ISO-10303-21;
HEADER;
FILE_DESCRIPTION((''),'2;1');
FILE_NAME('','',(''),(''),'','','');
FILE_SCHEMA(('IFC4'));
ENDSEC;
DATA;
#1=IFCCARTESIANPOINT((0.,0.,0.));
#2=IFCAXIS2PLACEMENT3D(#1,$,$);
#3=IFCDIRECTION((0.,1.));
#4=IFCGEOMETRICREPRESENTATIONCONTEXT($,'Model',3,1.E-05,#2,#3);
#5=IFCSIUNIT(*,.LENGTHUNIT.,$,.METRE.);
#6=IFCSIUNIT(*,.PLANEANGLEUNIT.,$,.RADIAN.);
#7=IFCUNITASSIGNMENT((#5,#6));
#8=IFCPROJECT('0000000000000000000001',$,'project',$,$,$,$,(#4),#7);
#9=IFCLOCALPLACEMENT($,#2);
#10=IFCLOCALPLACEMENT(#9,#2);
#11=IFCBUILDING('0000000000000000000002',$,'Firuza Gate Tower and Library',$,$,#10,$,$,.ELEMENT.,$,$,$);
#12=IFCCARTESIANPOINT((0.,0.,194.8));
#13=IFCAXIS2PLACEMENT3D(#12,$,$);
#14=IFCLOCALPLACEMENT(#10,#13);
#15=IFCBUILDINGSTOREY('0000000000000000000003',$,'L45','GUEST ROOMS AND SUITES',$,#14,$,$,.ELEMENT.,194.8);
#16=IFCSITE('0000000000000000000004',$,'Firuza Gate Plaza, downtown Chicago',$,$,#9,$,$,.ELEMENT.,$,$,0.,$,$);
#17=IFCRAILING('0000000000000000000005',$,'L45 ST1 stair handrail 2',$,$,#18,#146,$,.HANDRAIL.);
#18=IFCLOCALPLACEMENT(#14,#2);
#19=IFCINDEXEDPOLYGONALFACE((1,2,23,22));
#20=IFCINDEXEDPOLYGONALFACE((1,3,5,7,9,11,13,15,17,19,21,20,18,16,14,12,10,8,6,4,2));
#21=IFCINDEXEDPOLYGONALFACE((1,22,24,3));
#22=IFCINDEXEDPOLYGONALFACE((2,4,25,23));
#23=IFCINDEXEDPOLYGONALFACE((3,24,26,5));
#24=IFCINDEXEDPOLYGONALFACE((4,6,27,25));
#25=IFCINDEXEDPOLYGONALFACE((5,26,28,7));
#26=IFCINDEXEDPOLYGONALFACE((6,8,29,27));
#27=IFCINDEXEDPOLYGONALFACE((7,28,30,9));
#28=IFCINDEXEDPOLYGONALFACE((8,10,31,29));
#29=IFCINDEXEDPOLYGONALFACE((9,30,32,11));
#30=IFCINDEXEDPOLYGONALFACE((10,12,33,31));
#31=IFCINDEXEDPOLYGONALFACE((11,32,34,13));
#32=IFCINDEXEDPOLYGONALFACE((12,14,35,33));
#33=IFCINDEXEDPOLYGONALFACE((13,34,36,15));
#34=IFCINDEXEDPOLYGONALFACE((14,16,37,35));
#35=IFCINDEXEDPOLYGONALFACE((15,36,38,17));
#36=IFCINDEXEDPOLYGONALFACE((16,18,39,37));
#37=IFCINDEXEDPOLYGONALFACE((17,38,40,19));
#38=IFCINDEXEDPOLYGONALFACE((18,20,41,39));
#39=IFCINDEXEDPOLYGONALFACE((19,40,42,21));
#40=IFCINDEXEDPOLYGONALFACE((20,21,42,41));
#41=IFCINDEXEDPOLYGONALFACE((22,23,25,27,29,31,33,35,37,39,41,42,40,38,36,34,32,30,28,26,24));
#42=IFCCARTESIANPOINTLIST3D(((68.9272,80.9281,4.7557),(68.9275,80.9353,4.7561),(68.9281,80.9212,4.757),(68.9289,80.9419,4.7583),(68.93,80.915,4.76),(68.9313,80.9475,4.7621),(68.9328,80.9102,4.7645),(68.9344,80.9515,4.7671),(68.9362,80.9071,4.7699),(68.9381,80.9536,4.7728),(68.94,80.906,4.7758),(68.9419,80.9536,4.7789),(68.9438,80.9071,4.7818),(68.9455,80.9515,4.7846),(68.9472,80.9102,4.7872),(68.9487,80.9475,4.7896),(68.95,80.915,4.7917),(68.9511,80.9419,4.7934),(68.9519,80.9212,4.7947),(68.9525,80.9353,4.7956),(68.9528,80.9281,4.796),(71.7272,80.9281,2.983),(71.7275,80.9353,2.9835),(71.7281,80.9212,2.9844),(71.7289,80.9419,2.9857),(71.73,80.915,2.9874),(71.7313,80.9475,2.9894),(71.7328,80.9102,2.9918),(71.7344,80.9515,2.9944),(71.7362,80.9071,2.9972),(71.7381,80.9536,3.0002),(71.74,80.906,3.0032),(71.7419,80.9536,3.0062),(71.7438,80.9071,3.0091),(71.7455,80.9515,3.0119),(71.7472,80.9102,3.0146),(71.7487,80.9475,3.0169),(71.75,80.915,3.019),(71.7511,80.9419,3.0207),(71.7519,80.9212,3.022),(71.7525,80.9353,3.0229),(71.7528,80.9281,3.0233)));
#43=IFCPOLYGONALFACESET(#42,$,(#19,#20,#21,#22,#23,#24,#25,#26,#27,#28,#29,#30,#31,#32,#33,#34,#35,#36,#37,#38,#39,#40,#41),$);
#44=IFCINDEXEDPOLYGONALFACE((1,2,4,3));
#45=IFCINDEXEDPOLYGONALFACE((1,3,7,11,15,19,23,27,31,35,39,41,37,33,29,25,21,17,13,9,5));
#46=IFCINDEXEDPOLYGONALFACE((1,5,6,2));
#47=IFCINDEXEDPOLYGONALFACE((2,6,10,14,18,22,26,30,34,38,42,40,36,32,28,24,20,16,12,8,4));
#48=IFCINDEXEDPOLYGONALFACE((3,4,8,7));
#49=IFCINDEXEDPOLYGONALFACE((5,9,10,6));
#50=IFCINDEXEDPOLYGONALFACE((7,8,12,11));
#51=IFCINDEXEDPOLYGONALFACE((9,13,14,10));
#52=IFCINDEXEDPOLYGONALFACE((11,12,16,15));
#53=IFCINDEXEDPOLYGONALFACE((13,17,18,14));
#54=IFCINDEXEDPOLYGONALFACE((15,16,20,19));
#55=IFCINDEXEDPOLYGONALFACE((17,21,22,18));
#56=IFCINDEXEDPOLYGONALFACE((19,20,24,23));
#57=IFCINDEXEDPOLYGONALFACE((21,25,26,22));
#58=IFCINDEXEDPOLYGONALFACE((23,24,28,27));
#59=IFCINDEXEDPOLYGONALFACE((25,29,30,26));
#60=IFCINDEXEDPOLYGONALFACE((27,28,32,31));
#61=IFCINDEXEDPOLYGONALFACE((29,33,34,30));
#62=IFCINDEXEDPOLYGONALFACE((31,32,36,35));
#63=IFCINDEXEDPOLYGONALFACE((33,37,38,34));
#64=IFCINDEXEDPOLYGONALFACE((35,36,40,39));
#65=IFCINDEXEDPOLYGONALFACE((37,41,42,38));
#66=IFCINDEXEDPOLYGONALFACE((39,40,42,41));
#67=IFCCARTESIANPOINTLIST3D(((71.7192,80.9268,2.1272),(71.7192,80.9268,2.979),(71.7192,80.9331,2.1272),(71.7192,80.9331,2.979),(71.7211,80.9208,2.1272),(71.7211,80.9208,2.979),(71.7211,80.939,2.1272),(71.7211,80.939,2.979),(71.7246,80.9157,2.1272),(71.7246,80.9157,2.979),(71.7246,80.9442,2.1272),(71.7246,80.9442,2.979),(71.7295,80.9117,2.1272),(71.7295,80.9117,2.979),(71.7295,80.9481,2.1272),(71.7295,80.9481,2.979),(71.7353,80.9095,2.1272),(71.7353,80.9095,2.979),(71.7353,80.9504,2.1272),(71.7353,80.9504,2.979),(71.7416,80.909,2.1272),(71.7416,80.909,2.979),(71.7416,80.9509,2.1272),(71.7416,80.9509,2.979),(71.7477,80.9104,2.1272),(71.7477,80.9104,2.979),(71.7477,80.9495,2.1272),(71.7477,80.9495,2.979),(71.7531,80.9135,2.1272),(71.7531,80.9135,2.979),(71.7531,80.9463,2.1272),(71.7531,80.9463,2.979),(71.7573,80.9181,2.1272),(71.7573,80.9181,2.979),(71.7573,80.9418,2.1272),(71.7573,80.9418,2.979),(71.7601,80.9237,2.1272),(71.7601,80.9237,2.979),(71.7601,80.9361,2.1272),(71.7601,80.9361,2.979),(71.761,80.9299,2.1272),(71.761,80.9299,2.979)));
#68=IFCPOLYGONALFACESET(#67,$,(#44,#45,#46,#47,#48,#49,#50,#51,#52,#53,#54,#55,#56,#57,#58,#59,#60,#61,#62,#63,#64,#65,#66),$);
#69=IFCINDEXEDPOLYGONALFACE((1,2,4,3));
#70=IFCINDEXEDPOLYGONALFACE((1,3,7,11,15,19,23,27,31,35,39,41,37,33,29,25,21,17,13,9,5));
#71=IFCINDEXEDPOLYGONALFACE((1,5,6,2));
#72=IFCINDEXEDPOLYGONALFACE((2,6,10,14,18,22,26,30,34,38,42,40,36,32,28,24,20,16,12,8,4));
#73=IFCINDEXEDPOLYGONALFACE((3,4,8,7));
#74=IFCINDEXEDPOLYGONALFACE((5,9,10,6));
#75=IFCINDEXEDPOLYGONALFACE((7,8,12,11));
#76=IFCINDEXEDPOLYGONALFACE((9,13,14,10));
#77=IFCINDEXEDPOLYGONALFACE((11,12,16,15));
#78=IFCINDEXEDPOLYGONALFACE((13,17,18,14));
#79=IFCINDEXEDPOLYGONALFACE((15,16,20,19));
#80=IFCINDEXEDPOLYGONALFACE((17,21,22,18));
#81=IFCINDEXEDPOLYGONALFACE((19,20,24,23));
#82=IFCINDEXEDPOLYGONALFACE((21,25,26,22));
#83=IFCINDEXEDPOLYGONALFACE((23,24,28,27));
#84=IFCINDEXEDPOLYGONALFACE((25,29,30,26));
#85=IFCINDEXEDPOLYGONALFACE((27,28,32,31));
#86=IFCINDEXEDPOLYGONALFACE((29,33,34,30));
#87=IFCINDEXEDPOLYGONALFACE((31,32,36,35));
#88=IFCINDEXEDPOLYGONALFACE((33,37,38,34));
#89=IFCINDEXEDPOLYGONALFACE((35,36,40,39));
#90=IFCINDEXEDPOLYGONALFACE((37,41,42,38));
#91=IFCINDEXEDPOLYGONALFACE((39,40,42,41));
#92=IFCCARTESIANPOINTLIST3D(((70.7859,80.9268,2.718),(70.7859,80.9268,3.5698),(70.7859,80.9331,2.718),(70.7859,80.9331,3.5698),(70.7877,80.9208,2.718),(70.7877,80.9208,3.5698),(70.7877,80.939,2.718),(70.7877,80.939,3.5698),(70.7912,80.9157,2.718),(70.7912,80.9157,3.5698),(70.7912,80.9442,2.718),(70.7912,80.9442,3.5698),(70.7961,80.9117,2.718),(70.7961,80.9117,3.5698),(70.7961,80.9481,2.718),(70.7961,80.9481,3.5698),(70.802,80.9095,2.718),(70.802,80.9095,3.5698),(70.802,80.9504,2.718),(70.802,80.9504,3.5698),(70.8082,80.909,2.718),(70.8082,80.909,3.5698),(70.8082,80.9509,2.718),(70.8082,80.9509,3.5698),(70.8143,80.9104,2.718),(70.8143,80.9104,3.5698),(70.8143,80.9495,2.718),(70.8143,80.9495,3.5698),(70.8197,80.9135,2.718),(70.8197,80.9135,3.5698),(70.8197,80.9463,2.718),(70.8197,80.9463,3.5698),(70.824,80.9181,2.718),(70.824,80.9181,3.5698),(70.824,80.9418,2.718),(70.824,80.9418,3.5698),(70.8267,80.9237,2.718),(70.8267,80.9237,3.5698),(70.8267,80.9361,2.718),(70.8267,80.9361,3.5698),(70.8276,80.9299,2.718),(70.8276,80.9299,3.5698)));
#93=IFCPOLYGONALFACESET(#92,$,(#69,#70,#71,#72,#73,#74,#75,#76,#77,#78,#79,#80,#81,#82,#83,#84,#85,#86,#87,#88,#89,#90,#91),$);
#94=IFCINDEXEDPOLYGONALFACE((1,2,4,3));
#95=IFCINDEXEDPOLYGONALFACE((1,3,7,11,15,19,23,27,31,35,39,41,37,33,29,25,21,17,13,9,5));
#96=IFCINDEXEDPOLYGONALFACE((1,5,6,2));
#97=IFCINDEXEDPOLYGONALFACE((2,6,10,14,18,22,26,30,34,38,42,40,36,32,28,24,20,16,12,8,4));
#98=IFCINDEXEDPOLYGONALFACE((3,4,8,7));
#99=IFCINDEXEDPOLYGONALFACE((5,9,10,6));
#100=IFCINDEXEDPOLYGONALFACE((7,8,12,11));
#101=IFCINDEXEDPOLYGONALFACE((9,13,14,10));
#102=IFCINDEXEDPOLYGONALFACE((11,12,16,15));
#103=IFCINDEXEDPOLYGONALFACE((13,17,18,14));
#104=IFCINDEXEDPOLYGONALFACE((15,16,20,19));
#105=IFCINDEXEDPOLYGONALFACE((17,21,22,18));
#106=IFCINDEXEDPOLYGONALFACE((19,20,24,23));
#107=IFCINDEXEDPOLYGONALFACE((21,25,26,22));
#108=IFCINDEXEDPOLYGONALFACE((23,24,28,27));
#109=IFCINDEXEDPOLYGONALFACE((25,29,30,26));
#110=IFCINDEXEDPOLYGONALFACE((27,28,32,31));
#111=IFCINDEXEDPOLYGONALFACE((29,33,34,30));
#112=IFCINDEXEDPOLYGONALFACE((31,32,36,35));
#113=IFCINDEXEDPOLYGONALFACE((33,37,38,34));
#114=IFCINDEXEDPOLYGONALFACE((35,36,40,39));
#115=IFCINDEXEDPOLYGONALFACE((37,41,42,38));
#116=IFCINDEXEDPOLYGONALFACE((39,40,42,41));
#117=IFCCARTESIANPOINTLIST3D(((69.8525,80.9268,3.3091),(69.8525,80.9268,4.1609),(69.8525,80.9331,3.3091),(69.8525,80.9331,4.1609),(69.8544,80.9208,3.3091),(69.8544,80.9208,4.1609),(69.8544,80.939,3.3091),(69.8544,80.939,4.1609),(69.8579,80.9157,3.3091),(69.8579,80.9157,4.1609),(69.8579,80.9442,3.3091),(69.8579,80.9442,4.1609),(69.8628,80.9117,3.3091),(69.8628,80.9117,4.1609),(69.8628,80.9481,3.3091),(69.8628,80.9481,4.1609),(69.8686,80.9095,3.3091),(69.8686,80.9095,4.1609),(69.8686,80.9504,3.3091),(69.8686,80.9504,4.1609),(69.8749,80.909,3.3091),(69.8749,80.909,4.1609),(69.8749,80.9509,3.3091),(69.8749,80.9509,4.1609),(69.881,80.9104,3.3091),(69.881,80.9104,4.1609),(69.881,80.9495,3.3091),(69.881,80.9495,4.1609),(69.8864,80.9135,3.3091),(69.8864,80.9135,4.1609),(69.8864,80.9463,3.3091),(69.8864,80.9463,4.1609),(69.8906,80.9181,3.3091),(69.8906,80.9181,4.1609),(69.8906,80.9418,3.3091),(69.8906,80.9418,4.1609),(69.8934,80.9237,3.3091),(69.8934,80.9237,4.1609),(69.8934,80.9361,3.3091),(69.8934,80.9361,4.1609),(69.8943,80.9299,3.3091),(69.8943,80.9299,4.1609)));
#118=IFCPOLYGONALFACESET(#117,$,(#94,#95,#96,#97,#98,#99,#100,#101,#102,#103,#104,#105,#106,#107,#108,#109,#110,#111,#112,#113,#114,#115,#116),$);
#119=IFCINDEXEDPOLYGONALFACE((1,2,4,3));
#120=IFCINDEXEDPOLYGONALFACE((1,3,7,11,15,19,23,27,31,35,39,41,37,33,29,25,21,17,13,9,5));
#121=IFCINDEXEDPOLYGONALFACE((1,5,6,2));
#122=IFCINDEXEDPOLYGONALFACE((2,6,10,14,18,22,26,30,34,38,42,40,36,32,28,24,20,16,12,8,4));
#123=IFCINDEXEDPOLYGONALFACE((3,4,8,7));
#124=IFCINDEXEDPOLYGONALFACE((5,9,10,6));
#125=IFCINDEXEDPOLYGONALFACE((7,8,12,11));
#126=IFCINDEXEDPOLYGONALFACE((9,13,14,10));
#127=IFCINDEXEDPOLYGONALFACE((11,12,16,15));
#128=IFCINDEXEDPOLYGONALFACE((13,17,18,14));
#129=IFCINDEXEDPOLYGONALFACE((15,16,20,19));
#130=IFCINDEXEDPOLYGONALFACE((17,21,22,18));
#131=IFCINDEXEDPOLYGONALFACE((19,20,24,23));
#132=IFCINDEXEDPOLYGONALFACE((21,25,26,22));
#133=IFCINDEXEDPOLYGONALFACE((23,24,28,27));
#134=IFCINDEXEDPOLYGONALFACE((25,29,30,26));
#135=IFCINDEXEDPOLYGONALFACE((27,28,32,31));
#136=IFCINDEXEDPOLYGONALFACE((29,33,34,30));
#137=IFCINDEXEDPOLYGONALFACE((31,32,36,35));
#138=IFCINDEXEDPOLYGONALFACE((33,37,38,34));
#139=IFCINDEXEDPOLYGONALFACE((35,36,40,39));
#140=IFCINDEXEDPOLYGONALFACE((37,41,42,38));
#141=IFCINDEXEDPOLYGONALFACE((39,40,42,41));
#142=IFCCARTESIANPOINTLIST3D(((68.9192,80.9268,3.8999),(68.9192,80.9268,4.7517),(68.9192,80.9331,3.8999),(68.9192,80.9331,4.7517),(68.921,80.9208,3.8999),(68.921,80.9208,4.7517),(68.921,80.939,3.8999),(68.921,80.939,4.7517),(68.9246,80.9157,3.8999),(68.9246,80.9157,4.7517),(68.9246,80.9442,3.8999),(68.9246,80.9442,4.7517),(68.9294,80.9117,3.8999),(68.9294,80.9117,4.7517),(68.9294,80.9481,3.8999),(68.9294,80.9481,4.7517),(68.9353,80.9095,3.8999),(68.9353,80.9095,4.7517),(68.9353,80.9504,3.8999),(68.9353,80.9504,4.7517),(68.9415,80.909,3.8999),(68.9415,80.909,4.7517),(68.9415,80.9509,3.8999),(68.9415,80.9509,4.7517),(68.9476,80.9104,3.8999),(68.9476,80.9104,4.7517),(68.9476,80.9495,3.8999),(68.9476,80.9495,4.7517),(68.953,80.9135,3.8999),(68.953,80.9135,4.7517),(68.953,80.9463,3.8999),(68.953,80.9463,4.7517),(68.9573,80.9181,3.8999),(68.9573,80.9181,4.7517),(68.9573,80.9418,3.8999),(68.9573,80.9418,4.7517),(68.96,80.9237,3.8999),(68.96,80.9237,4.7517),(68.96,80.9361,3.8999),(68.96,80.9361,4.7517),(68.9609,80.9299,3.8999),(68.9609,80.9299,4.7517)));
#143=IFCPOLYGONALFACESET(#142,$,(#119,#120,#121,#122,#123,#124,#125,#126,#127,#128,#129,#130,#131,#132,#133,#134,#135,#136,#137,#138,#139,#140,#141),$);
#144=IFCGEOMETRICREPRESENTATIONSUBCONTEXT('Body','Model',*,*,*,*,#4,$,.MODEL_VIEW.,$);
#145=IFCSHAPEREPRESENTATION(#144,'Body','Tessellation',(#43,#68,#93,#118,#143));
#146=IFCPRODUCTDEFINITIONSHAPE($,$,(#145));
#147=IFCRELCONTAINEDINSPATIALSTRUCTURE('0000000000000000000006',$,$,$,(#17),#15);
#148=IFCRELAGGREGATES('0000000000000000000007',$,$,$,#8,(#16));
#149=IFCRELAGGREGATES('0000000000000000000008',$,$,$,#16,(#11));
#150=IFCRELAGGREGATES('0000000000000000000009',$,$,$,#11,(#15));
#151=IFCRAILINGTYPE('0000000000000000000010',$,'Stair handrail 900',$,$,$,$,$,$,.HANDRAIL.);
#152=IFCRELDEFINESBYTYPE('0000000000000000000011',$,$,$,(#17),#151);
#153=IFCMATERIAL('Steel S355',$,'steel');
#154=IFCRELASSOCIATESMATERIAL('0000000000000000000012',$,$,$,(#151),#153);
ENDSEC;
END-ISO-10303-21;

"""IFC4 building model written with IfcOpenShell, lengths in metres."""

from ifc_helpers import new_model, si_unit, direction, frame, origin, origin_2d, place, context, subcontext, project, spatial, circle, extrude, material, type_object, element, save


model = new_model("IFC4")

# Units and contexts
model_context = context("Model", 3, precision=1e-05, world=origin(), true_north=direction((0.0, 1.0)))
body_context = subcontext(model_context, "Body", "Model", "MODEL_VIEW")
ifc_project = project(units=[si_unit("LENGTHUNIT", "METRE"), si_unit("PLANEANGLEUNIT", "RADIAN")], contexts=[model_context])

# Site, building, storey
site_placement = place(None, origin())
site = spatial("IfcSite", under=ifc_project, at=site_placement, Name="Firuza Gate Plaza, downtown Chicago", CompositionType="ELEMENT", RefElevation=0.0)
building_placement = place(site_placement, origin())
building = spatial("IfcBuilding", under=site, at=building_placement, Name="Firuza Gate Tower and Library", CompositionType="ELEMENT")
storey_placement = place(building_placement, frame((0.0, 0.0, 194.8)))
storey = spatial("IfcBuildingStorey", under=building, at=storey_placement, Name="L45", Description="GUEST ROOMS AND SUITES", CompositionType="ELEMENT", Elevation=194.8)

# Railing
ifc_material_1 = material(Name="Steel S355", Category="steel")
railing_type_1 = type_object("IfcRailingType", Name="Stair handrail 900", PredefinedType="HANDRAIL", material=ifc_material_1)
railing_1_placement = place(storey_placement, frame((71.74, 80.9299, 2.1272)))
element("IfcRailing", 1, at=railing_1_placement, inside=storey, type_object=railing_type_1, Name="L45 ST1 stair handrail 2", PredefinedType="HANDRAIL", context=body_context, shape_type="SweptSolid", body=[
    extrude(circle(Radius=0.0239, at=origin_2d()), frame((0.0, 0.0, 0.876), z_axis=(-0.844909, 0.0, 0.53491), x_axis=(0.0, -1.0, 0.0)), (0.0, 0.0, 1.0), 3.314),
    extrude(circle(Radius=0.021, at=origin_2d()), origin(), (0.0, 0.0, 1.0), 0.8518),
    extrude(circle(Radius=0.021, at=origin_2d()), frame((-0.9333, 0.0, 0.5908)), (0.0, 0.0, 1.0), 0.8518),
    extrude(circle(Radius=0.021, at=origin_2d()), frame((-1.8667, 0.0, 1.1819)), (0.0, 0.0, 1.0), 0.8518),
    extrude(circle(Radius=0.021, at=origin_2d()), frame((-2.8, 0.0, 1.7727)), (0.0, 0.0, 1.0), 0.8518),
])

save(model, "model.ifc")
